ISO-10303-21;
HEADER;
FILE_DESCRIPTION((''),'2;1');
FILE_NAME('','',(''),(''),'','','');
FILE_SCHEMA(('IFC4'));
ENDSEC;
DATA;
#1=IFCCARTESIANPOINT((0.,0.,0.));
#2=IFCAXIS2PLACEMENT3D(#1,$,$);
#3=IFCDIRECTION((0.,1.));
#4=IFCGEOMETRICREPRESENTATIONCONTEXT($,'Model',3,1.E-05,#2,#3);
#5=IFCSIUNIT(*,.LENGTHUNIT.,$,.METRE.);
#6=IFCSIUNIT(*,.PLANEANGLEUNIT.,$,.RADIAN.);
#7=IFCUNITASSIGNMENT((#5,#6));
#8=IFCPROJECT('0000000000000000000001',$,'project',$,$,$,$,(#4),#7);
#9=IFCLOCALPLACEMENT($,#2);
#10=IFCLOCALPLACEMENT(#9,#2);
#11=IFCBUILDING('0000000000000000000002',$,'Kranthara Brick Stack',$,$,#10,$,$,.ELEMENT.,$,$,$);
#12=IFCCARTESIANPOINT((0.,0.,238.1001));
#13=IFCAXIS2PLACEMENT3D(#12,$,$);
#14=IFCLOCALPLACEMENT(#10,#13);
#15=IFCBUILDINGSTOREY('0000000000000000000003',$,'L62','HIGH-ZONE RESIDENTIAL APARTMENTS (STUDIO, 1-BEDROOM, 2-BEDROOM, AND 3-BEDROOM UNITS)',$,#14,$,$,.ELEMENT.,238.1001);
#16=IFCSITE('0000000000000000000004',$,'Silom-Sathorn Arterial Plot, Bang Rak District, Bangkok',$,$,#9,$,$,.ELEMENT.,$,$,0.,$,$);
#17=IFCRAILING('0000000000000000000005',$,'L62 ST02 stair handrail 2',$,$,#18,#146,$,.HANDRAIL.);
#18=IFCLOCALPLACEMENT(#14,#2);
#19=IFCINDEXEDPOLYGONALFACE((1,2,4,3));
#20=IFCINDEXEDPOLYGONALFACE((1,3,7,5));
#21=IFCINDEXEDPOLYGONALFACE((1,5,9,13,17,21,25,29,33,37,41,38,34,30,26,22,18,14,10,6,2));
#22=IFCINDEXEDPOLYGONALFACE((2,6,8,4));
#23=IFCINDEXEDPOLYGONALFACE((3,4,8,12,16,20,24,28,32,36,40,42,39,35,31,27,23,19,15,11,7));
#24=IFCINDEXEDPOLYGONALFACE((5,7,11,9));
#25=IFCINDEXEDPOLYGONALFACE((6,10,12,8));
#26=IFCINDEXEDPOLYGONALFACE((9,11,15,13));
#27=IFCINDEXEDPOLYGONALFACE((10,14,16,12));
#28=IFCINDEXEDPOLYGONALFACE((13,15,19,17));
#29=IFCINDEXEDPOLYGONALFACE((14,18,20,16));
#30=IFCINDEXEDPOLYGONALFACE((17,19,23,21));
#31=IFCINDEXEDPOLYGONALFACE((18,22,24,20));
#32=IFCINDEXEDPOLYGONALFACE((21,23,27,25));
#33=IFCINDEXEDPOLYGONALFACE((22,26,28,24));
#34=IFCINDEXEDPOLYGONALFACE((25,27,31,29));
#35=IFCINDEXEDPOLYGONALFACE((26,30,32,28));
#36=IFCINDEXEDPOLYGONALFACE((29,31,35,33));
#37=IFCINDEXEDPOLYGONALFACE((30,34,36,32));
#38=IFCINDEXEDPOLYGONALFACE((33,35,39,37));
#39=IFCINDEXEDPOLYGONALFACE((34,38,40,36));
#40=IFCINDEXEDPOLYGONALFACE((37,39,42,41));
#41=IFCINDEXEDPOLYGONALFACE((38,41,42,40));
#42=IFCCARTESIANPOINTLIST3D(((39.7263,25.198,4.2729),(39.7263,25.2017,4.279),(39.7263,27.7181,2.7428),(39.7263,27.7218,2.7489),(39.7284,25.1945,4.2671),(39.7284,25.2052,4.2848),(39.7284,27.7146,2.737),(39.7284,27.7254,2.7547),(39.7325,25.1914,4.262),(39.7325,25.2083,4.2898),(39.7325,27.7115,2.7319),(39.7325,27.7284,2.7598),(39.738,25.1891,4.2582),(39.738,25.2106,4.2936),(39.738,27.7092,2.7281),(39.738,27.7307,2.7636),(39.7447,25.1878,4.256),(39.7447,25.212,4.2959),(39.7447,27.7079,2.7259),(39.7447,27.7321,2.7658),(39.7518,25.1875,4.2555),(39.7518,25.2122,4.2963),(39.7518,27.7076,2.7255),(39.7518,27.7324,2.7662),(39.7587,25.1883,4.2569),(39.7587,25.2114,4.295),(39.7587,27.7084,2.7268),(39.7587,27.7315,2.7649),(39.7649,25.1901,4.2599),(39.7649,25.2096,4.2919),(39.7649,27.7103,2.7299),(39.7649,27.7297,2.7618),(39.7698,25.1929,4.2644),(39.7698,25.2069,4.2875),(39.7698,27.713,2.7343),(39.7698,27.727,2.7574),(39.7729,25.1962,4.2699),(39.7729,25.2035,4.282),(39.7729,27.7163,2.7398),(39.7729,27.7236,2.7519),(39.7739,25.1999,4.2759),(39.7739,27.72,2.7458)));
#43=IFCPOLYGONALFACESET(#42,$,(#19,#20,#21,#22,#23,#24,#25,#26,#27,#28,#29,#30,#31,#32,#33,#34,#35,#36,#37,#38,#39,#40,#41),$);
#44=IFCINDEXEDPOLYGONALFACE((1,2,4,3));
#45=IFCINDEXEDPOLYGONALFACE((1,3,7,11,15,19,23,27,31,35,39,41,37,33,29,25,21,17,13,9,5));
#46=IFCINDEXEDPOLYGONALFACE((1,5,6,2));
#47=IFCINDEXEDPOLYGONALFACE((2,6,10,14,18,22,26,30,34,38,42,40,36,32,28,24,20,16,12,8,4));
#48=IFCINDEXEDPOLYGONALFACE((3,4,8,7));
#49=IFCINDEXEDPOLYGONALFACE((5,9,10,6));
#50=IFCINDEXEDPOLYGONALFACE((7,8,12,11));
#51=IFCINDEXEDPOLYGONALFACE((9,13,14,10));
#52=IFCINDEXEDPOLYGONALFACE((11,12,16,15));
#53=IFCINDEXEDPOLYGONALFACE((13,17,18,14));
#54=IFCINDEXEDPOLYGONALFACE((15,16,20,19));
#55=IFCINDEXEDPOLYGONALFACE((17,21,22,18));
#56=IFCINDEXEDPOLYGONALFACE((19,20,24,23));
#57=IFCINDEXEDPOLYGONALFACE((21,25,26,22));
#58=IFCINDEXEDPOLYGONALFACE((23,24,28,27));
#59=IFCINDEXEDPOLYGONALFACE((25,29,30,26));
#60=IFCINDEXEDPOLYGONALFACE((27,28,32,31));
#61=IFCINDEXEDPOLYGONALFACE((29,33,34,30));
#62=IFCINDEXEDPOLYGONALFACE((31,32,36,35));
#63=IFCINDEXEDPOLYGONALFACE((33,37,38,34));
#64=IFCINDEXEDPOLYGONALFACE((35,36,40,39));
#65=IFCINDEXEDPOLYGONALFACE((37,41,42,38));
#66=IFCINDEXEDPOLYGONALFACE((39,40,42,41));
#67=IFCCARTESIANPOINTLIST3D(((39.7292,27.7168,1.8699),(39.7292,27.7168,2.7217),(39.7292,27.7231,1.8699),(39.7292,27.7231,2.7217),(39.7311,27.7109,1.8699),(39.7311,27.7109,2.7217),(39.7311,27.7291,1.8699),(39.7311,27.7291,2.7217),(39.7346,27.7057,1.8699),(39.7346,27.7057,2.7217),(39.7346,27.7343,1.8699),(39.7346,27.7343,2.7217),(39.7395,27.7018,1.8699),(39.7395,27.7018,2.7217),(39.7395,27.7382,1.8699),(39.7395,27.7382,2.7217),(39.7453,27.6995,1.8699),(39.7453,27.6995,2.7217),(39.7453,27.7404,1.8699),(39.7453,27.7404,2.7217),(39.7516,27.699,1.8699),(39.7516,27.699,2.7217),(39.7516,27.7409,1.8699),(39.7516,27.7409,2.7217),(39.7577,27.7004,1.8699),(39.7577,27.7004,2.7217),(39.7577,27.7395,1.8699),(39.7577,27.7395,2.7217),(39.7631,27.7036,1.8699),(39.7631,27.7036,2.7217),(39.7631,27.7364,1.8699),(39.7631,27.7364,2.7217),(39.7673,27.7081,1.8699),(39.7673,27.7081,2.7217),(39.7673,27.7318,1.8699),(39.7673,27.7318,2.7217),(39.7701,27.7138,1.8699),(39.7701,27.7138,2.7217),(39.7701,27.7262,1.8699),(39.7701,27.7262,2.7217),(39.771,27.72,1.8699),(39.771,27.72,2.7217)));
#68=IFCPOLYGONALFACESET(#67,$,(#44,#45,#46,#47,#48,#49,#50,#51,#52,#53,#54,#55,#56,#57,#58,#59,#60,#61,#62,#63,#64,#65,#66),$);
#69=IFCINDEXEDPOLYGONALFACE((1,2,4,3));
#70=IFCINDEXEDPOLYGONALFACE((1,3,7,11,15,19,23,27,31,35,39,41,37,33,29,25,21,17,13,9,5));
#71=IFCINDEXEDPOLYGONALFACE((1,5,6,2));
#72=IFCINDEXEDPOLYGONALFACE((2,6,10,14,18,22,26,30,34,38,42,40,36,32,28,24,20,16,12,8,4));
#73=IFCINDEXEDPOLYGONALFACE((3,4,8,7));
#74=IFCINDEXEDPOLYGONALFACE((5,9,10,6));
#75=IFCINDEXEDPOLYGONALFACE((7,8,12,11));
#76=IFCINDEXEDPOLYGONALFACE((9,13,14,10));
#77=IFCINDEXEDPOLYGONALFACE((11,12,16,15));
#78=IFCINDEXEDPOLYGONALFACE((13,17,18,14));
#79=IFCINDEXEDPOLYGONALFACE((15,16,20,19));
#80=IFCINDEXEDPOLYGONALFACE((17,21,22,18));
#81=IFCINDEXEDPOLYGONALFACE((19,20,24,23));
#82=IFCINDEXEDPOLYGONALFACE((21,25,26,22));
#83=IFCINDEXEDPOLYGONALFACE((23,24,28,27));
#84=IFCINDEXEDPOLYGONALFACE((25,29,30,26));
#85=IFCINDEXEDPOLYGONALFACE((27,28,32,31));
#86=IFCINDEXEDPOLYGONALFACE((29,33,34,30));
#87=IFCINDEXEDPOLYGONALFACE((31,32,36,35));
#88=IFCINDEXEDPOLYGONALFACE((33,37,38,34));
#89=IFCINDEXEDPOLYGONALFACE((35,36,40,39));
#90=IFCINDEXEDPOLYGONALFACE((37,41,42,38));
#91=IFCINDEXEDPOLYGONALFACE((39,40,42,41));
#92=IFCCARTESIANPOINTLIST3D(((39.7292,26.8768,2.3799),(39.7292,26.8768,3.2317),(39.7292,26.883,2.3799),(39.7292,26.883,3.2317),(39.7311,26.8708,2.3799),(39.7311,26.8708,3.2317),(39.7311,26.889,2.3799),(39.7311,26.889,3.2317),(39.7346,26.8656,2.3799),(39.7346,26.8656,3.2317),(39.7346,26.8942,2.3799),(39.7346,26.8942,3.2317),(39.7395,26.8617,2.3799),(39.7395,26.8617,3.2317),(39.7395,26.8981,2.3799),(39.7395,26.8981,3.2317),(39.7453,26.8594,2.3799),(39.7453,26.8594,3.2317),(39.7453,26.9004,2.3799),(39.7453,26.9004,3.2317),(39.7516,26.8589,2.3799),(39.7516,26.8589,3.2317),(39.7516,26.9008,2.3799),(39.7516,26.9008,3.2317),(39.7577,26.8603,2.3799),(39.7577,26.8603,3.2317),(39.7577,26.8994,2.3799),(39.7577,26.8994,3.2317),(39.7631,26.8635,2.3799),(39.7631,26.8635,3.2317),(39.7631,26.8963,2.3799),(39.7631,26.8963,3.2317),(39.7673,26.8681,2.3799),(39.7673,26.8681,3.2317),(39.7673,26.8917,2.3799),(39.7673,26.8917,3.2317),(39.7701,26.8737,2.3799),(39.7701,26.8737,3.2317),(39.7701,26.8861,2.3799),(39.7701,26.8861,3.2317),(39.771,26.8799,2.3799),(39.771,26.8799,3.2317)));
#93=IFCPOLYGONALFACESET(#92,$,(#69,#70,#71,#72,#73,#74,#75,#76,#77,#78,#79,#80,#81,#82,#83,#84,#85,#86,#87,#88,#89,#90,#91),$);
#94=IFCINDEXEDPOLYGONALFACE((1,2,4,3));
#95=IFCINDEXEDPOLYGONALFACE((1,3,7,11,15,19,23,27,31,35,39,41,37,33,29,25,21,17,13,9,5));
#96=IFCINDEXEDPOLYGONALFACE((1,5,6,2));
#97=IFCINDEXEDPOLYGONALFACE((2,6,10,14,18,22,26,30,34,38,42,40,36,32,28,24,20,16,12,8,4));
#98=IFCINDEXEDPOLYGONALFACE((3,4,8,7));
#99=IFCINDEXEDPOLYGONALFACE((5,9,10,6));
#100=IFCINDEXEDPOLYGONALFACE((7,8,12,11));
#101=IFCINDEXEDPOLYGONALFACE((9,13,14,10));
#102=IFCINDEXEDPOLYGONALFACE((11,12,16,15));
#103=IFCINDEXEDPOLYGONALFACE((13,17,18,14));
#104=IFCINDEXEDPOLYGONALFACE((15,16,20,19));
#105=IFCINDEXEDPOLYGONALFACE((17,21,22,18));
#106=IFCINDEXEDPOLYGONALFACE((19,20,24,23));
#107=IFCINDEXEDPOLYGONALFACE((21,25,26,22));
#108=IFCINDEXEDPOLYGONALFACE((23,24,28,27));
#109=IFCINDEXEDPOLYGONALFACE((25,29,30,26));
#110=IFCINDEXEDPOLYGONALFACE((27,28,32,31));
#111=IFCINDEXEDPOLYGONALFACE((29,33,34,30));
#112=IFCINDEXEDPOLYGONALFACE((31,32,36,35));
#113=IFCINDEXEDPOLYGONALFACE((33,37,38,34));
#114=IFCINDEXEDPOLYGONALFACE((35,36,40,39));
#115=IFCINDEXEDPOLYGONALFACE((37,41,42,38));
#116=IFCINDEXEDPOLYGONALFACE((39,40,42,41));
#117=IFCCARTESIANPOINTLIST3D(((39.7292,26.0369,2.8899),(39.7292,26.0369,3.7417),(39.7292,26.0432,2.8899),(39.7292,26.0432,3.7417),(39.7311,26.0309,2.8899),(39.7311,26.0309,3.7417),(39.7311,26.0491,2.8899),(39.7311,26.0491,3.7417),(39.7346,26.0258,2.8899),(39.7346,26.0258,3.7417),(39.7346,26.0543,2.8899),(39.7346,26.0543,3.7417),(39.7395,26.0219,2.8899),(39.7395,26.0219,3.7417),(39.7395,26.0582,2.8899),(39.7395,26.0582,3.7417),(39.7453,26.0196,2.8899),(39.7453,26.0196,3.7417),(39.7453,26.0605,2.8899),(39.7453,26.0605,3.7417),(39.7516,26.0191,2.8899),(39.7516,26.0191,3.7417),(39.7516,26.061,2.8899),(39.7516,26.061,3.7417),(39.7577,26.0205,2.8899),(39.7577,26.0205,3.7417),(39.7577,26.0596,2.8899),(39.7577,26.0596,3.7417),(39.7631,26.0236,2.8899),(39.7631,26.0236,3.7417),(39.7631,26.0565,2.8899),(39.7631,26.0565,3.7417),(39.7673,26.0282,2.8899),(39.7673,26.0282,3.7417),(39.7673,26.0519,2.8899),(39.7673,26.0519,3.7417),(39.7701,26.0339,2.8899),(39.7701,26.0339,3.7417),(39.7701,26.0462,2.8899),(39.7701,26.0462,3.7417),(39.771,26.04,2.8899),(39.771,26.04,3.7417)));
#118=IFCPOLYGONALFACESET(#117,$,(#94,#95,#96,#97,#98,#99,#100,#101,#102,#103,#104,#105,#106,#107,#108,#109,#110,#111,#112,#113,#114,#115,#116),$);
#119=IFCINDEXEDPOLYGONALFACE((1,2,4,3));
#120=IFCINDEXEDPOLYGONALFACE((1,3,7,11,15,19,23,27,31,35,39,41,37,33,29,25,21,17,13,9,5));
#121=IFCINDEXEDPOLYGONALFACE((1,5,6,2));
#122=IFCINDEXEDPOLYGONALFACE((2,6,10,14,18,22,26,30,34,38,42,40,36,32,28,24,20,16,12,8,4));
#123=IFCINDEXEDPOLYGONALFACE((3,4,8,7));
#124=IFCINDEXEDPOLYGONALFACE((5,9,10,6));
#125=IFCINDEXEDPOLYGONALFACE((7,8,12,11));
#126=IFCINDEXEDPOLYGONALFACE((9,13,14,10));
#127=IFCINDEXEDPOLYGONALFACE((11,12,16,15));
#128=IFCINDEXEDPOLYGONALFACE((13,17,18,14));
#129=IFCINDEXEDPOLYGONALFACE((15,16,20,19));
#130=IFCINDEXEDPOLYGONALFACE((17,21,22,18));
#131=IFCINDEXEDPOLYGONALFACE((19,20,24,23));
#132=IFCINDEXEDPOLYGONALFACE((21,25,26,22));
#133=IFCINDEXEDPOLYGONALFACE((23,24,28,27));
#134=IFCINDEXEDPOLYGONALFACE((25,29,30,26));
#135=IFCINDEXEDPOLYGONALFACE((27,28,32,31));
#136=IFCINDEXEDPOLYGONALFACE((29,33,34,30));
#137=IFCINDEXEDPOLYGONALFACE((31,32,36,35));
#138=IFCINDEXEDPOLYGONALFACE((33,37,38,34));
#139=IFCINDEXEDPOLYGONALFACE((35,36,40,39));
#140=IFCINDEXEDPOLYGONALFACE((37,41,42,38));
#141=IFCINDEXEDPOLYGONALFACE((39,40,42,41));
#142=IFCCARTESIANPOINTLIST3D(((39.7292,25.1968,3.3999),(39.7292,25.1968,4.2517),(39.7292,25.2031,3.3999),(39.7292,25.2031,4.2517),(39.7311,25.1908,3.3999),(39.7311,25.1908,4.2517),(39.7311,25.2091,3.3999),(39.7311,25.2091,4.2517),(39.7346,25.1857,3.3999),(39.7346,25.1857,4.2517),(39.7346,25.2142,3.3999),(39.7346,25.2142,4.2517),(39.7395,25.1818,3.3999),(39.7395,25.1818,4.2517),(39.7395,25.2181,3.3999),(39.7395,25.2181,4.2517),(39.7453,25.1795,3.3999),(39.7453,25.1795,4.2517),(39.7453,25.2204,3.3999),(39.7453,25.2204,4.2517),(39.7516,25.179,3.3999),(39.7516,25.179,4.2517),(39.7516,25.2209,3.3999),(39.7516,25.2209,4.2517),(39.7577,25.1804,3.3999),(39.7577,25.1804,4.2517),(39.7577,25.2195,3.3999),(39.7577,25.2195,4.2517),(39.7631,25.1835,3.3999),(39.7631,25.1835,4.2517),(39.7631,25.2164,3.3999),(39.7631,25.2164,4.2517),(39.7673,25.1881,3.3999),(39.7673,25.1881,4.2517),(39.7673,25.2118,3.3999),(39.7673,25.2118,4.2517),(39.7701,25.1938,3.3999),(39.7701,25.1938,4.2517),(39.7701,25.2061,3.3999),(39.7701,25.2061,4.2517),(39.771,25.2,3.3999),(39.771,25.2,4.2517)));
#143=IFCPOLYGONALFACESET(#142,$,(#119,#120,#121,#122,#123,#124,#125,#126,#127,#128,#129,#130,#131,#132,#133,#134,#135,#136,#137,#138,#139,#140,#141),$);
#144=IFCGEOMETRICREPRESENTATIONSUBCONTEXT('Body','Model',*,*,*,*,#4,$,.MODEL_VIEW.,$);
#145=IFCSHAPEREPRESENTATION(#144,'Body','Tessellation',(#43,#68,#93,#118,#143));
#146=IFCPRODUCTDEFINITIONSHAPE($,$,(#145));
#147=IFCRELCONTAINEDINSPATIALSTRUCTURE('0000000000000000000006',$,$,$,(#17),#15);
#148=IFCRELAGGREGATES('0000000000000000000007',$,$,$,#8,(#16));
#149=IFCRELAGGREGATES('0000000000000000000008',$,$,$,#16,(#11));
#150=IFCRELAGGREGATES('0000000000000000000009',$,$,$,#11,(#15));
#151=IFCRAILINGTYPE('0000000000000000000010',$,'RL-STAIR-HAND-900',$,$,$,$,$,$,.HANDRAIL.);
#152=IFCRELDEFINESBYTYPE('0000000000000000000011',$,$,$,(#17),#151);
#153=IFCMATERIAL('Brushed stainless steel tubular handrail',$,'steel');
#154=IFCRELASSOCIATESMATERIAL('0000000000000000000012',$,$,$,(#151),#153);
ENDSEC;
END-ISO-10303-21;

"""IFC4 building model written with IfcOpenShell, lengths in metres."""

from ifc_helpers import new_model, si_unit, direction, frame, origin, origin_2d, place, context, subcontext, project, spatial, circle, extrude, material, type_object, element, save


model = new_model("IFC4")

# Units and contexts
model_context = context("Model", 3, precision=1e-05, world=origin(), true_north=direction((0.0, 1.0)))
body_context = subcontext(model_context, "Body", "Model", "MODEL_VIEW")
ifc_project = project(units=[si_unit("LENGTHUNIT", "METRE"), si_unit("PLANEANGLEUNIT", "RADIAN")], contexts=[model_context])

# Site, building, storey
site_placement = place(None, origin())
site = spatial("IfcSite", under=ifc_project, at=site_placement, Name="Silom-Sathorn Arterial Plot, Bang Rak District, Bangkok", CompositionType="ELEMENT", RefElevation=0.0)
building_placement = place(site_placement, origin())
building = spatial("IfcBuilding", under=site, at=building_placement, Name="Kranthara Brick Stack", CompositionType="ELEMENT")
storey_placement = place(building_placement, frame((0.0, 0.0, 238.1001)))
storey = spatial("IfcBuildingStorey", under=building, at=storey_placement, Name="L62", Description="HIGH-ZONE RESIDENTIAL APARTMENTS (STUDIO, 1-BEDROOM, 2-BEDROOM, AND 3-BEDROOM UNITS)", CompositionType="ELEMENT", Elevation=238.1001)

# Railing
ifc_material_1 = material(Name="Brushed stainless steel tubular handrail", Category="steel")
railing_type = type_object("IfcRailingType", Name="RL-STAIR-HAND-900", PredefinedType="HANDRAIL", material=ifc_material_1)
railing_placement = place(storey_placement, frame((39.75, 27.72, 1.8699)))
element("IfcRailing", 1, at=railing_placement, inside=storey, type_object=railing_type, Name="L62 ST02 stair handrail 2", PredefinedType="HANDRAIL", context=body_context, shape_type="SweptSolid", body=[
    extrude(circle(Radius=0.0239, at=origin_2d()), frame((0.0, 0.0, 0.876), z_axis=(0.0, -0.854785, 0.518982), x_axis=(1.0, 0.0, 0.0)), (0.0, 0.0, 1.0), 2.9482),
    extrude(circle(Radius=0.021, at=origin_2d()), origin(), (0.0, 0.0, 1.0), 0.8518),
    extrude(circle(Radius=0.021, at=origin_2d()), frame((0.0, -0.8401, 0.51)), (0.0, 0.0, 1.0), 0.8518),
    extrude(circle(Radius=0.021, at=origin_2d()), frame((0.0, -1.6799, 1.02)), (0.0, 0.0, 1.0), 0.8518),
    extrude(circle(Radius=0.021, at=origin_2d()), frame((0.0, -2.52, 1.53)), (0.0, 0.0, 1.0), 0.8518),
])

save(model, "model.ifc")
